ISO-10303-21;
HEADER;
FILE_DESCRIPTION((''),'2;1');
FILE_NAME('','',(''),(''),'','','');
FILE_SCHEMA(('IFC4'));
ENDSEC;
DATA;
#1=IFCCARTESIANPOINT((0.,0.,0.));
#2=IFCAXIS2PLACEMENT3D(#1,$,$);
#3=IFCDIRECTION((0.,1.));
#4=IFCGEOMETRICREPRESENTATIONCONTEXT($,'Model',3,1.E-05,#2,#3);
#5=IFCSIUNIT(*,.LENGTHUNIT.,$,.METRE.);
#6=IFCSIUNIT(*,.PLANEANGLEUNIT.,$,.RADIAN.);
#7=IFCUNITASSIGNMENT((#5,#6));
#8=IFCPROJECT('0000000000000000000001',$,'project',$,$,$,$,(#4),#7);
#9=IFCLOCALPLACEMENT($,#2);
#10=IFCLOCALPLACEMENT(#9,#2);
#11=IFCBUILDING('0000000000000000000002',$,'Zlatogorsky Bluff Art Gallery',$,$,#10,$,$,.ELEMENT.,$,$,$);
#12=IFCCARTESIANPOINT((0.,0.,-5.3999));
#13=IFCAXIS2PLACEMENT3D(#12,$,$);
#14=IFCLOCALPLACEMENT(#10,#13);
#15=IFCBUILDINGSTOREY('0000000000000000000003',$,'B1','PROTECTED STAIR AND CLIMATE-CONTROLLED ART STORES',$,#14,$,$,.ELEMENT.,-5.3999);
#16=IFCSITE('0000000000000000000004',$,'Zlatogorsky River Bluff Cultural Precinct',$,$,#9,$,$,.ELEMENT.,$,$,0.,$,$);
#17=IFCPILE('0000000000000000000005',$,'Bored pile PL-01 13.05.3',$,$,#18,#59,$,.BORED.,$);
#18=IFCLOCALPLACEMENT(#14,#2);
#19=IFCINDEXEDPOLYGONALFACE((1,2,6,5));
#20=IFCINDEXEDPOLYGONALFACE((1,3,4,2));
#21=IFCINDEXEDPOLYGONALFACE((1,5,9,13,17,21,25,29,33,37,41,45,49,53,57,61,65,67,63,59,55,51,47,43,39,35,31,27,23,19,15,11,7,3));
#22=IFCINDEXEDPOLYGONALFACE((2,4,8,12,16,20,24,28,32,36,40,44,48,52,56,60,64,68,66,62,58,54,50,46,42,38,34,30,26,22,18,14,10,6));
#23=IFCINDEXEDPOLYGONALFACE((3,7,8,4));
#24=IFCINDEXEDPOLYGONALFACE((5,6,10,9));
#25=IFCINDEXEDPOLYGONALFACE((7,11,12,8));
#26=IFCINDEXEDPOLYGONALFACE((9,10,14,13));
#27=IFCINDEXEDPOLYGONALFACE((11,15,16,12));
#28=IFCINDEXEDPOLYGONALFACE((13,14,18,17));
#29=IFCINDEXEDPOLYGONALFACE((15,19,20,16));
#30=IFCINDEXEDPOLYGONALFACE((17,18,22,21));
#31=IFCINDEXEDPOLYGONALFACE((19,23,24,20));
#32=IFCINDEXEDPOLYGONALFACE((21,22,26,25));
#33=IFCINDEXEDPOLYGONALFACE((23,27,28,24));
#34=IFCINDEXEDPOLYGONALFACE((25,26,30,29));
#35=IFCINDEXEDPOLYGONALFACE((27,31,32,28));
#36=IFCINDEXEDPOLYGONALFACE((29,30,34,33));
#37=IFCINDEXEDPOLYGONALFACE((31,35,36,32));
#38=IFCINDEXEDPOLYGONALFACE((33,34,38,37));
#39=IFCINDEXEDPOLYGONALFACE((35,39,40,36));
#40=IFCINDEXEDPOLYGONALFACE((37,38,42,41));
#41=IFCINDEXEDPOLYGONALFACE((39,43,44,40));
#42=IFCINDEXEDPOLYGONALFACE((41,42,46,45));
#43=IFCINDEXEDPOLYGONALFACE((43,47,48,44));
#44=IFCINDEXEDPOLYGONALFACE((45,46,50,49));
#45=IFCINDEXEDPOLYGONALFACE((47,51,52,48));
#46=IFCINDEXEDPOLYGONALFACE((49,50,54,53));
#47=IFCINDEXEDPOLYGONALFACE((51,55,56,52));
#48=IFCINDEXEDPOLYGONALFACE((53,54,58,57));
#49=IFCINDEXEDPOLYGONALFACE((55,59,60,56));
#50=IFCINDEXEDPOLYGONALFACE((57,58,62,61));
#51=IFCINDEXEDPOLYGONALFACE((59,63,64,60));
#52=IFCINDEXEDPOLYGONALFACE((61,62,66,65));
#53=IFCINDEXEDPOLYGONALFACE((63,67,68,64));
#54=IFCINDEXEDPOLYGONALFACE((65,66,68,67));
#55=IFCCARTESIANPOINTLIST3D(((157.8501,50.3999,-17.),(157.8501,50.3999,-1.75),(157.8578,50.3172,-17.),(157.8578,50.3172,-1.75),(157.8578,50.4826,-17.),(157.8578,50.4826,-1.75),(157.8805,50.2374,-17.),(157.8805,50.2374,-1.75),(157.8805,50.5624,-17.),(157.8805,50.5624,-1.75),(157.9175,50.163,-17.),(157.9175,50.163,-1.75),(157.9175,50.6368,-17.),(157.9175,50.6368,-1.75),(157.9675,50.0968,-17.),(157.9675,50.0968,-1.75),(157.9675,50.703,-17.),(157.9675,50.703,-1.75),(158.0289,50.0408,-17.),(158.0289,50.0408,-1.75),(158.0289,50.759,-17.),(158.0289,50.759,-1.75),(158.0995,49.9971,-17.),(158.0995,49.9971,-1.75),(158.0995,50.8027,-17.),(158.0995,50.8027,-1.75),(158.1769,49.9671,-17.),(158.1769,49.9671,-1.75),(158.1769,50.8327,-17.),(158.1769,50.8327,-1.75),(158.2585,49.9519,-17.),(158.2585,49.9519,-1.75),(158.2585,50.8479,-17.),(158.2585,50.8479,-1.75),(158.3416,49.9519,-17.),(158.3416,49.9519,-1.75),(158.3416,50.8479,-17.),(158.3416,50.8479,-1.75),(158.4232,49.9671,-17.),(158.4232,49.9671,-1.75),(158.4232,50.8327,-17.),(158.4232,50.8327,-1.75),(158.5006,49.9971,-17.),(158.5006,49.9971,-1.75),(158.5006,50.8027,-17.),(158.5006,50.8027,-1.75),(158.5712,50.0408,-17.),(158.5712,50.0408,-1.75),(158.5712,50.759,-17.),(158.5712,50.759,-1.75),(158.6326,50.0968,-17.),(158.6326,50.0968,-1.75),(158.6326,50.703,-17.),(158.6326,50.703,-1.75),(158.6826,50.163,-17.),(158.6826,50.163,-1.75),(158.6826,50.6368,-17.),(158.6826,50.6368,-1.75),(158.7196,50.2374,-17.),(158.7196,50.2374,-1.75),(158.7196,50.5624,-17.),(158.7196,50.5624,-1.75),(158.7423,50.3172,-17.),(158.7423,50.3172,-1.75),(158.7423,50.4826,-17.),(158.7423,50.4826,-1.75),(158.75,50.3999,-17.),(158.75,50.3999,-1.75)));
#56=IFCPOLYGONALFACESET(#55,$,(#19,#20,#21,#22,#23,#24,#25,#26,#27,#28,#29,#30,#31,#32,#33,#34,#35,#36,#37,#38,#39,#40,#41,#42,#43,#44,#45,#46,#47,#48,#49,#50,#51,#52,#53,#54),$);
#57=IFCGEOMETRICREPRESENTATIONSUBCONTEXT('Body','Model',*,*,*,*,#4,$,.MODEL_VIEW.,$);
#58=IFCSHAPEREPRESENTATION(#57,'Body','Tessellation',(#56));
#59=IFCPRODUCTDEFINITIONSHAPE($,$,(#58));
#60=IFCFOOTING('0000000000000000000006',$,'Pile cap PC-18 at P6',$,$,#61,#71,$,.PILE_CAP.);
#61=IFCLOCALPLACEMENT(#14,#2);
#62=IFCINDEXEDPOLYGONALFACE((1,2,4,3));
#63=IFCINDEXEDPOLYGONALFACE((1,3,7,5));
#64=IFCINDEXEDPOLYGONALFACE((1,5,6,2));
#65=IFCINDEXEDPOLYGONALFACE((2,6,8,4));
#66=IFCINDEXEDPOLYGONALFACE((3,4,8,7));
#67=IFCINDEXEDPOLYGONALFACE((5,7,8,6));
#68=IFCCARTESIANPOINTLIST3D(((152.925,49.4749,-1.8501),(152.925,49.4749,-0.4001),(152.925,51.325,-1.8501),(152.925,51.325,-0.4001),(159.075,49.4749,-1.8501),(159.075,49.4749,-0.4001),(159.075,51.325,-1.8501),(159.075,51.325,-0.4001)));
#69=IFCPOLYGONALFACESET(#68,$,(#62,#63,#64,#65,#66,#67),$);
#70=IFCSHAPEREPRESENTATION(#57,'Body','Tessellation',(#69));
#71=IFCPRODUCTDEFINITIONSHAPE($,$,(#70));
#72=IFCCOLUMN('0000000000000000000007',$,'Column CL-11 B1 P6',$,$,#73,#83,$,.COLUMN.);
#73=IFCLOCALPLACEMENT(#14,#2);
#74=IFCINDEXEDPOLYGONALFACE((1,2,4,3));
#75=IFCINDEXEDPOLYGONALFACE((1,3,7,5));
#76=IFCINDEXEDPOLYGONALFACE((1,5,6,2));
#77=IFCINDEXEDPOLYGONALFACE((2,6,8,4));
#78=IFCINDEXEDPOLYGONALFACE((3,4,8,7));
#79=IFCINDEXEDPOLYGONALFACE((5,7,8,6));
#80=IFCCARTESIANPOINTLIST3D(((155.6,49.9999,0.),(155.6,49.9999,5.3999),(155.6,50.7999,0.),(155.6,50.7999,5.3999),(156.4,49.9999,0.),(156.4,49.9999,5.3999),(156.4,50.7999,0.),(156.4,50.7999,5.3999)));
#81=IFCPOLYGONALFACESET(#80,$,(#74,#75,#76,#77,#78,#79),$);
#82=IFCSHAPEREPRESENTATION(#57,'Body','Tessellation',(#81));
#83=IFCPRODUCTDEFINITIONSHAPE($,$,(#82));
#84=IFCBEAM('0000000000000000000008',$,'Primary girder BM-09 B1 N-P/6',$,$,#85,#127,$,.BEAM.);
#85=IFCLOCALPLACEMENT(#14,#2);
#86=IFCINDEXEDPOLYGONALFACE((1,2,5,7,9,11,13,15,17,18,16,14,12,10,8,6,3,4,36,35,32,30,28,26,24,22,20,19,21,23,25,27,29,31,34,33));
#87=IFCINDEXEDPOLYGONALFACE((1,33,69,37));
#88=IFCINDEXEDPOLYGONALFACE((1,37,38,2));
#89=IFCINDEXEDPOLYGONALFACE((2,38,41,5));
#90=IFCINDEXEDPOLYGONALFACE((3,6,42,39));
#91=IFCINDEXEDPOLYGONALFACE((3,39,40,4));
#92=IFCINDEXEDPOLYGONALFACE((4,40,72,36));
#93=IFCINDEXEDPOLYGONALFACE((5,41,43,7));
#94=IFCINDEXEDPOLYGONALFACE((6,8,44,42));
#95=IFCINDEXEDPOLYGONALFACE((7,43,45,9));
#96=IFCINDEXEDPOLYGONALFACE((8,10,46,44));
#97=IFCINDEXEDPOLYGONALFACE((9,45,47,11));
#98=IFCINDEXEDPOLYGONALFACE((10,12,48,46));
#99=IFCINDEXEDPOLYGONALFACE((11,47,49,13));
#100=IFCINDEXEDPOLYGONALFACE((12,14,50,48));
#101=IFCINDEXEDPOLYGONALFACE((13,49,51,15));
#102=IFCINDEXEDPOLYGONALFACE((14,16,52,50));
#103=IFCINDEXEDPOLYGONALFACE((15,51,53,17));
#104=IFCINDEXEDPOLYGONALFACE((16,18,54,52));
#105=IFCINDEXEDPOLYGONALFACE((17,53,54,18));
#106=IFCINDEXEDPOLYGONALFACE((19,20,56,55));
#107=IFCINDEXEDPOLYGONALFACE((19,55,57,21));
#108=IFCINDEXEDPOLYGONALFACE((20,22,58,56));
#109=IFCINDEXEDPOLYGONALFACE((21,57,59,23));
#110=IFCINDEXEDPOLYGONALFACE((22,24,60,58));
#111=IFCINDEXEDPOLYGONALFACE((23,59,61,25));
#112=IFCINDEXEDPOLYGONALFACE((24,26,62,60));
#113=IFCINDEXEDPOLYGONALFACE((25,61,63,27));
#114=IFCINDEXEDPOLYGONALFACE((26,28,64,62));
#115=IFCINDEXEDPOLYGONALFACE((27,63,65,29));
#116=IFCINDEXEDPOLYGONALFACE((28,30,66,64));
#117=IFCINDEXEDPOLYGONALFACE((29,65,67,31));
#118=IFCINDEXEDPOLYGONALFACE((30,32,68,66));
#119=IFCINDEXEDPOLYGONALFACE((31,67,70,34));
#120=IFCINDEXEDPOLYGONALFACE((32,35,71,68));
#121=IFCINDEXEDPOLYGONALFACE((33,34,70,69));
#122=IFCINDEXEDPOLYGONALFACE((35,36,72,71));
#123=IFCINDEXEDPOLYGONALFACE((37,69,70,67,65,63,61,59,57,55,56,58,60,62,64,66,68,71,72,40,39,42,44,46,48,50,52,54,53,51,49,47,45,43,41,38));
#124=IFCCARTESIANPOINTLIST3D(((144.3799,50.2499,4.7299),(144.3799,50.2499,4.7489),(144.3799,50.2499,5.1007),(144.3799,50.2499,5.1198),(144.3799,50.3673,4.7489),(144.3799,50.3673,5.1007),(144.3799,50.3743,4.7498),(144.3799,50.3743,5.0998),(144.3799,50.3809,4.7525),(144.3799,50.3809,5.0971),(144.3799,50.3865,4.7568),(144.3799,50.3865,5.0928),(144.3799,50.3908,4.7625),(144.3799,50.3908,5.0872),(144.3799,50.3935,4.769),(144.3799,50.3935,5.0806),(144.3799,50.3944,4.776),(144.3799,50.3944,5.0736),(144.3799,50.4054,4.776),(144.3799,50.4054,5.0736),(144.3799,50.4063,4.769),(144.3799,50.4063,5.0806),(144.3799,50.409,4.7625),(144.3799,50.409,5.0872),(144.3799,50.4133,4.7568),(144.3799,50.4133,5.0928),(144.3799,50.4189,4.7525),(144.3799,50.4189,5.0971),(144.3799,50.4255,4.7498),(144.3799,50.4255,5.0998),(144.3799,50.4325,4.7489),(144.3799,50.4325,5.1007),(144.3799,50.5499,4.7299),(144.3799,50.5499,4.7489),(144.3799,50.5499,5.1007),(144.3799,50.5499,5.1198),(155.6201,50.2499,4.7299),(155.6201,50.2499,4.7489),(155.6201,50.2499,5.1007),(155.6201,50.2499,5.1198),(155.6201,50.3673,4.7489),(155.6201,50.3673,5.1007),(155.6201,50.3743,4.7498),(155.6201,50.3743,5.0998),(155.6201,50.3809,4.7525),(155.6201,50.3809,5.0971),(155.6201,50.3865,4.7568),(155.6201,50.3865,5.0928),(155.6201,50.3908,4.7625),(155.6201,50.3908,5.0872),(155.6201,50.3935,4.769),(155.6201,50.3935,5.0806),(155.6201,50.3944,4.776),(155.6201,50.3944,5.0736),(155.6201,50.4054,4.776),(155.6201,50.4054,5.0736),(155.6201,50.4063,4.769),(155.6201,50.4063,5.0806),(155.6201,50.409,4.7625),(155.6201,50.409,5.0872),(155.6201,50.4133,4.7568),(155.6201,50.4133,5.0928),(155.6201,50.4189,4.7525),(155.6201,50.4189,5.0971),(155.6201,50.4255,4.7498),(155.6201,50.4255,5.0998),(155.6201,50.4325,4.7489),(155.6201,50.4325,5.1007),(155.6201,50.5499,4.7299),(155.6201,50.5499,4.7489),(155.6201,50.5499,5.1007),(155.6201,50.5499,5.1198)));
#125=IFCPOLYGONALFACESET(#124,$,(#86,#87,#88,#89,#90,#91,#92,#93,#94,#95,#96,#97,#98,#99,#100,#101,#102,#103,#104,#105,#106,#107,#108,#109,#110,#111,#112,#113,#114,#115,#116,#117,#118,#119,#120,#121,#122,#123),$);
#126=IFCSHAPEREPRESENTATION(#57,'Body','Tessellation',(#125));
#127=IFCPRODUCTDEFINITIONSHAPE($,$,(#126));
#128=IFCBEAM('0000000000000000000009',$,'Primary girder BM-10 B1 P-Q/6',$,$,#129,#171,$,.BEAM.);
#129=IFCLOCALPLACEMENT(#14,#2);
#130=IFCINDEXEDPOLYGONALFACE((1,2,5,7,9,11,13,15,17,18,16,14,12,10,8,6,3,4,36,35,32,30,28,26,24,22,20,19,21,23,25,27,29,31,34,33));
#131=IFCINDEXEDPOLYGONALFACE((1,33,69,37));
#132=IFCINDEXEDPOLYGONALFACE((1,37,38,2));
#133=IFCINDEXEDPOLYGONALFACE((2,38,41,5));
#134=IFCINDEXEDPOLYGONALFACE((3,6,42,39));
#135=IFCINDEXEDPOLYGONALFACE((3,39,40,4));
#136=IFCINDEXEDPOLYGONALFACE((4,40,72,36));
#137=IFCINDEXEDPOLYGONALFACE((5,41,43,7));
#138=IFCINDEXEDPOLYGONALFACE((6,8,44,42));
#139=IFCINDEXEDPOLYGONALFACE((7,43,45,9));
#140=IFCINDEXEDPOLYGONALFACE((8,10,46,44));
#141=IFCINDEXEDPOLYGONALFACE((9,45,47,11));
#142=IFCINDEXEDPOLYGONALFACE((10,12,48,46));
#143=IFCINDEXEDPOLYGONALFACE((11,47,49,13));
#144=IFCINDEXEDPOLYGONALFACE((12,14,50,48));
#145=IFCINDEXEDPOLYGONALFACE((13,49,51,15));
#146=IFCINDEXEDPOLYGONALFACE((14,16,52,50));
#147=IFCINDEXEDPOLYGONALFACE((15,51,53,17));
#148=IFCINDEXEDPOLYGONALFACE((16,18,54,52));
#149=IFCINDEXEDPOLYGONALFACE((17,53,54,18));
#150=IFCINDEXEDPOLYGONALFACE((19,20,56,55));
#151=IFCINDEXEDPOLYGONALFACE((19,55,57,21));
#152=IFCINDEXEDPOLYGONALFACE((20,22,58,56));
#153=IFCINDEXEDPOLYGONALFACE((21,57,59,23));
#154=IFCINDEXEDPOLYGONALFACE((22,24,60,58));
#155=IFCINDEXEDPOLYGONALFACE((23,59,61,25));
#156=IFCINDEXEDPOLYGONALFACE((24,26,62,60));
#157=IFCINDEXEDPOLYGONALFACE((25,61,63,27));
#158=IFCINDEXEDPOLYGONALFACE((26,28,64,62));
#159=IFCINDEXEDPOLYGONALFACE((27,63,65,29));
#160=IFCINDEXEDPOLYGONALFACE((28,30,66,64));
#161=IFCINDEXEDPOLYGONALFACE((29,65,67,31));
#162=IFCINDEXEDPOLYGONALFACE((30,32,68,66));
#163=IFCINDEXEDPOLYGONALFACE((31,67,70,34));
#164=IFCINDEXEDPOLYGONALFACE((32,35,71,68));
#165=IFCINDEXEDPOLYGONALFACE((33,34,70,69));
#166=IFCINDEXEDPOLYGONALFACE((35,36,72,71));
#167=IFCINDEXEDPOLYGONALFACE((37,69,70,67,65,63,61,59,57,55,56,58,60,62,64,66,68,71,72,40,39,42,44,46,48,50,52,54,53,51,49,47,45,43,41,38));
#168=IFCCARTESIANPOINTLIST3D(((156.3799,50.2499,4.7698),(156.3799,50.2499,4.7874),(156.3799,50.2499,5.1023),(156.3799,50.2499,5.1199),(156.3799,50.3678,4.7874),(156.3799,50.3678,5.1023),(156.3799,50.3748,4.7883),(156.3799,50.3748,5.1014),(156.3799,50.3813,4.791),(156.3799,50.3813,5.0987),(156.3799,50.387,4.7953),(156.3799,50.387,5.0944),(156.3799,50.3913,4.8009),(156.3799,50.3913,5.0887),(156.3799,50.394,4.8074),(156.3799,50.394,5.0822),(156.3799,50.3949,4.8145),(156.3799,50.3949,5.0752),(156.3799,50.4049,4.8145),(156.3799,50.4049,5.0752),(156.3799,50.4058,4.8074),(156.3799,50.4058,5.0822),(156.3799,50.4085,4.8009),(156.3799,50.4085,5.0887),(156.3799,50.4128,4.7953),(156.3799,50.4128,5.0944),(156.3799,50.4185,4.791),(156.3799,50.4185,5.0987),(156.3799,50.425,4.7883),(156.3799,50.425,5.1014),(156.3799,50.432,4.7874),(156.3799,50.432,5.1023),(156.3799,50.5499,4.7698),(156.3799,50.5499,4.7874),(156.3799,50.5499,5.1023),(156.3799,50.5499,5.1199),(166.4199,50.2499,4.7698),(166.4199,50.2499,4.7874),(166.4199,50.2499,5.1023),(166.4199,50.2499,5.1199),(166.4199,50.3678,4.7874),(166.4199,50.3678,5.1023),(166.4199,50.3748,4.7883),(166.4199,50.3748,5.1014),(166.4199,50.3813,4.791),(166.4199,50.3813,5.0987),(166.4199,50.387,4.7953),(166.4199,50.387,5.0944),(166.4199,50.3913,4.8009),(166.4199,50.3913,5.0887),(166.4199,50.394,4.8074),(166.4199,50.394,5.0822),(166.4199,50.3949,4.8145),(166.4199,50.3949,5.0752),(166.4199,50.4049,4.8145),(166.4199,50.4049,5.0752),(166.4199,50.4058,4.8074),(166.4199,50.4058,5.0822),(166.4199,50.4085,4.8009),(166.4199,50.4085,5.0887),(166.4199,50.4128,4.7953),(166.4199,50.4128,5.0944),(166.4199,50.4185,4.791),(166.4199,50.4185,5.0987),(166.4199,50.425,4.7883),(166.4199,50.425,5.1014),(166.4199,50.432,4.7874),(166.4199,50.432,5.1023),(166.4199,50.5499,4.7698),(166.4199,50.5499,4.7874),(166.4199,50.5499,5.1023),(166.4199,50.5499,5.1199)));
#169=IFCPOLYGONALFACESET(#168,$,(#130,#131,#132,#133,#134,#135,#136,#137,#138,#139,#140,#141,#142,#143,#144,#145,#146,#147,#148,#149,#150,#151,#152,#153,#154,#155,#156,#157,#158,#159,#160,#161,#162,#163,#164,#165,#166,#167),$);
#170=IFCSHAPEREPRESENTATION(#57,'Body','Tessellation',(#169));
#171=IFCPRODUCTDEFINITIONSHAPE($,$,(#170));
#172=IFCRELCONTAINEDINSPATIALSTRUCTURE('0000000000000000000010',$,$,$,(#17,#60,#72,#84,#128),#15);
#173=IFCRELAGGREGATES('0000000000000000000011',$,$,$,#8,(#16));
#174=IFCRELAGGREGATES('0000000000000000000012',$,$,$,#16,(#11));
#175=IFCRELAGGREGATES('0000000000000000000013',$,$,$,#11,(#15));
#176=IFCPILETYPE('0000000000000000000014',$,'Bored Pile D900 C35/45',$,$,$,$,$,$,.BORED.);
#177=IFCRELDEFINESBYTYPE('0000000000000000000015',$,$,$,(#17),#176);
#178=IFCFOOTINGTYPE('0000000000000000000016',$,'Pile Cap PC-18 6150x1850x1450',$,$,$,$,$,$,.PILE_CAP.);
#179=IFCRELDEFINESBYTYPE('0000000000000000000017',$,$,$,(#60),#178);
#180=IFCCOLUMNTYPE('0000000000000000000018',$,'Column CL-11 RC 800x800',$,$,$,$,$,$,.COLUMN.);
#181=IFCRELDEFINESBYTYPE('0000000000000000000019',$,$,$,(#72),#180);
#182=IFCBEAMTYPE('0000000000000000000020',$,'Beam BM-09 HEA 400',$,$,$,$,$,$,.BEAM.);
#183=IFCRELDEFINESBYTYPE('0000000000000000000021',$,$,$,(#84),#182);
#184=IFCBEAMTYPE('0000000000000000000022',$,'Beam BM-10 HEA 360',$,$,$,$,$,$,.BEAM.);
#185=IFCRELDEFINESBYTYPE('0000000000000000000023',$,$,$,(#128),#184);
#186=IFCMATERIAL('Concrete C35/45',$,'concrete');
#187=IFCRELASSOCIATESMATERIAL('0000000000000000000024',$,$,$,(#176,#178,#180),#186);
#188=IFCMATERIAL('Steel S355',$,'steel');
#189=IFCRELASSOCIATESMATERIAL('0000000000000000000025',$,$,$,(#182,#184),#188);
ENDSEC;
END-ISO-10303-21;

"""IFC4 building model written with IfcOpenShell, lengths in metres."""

from ifc_helpers import new_model, si_unit, direction, frame, origin, origin_2d, place, context, subcontext, project, spatial, rectangle, circle, i_section, extrude, material, material_profile, profile_set, type_object, element, save


model = new_model("IFC4")

# Units and contexts
model_context = context("Model", 3, precision=1e-05, world=origin(), true_north=direction((0.0, 1.0)))
body_context = subcontext(model_context, "Body", "Model", "MODEL_VIEW")
ifc_project = project(units=[si_unit("LENGTHUNIT", "METRE"), si_unit("PLANEANGLEUNIT", "RADIAN")], contexts=[model_context])

# Site, building, storey
site_placement = place(None, origin())
site = spatial("IfcSite", under=ifc_project, at=site_placement, Name="Zlatogorsky River Bluff Cultural Precinct", CompositionType="ELEMENT", RefElevation=0.0)
building_placement = place(site_placement, origin())
building = spatial("IfcBuilding", under=site, at=building_placement, Name="Zlatogorsky Bluff Art Gallery", CompositionType="ELEMENT")
storey_placement = place(building_placement, frame((0.0, 0.0, -5.3999)))
storey = spatial("IfcBuildingStorey", under=building, at=storey_placement, Name="B1", Description="PROTECTED STAIR AND CLIMATE-CONTROLLED ART STORES", CompositionType="ELEMENT", Elevation=-5.3999)

# Pile
ifc_material_1 = material(Name="Concrete C35/45", Category="concrete")
ifc_material_profile_1 = material_profile(ifc_material_1, circle(Radius=0.45, at=origin_2d()), Name="BORED PILE D900")
ifc_profile_set_1 = profile_set([ifc_material_profile_1], Name="Concrete C35/45")
pile_type = type_object("IfcPileType", Name="Bored Pile D900 C35/45", PredefinedType="BORED", material=ifc_profile_set_1)
for number, where, z_axis, x_axis, name in (
    (1, (158.3, 50.3999, -1.75), (0.0, 0.0, -1.0), (1.0, 0.0, 0.0), "Bored pile PL-01 13.05.3"),
):
    element("IfcPile", number, at=place(storey_placement, frame(where, z_axis=z_axis, x_axis=x_axis)), inside=storey, type_object=pile_type, Name=name, PredefinedType="BORED", context=body_context, shape_type="SweptSolid", body=[
        extrude(circle(Radius=0.45, at=origin_2d()), origin(), (0.0, 0.0, 1.0), 15.25),
    ])

# Footing
footing_type = type_object("IfcFootingType", Name="Pile Cap PC-18 6150x1850x1450", PredefinedType="PILE_CAP", material=ifc_material_1)
footing_placement = place(storey_placement, frame((156.0, 50.3999, -1.8501), z_axis=(0.0, 0.0, 1.0), x_axis=(1.0, 0.0, 0.0)))
element("IfcFooting", 2, at=footing_placement, inside=storey, type_object=footing_type, Name="Pile cap PC-18 at P6", PredefinedType="PILE_CAP", context=body_context, shape_type="SweptSolid", body=[
    extrude(rectangle(XDim=6.1499, YDim=1.8501, at=origin_2d()), origin(), (0.0, 0.0, 1.0), 1.45),
])

# Column
ifc_material_profile_2 = material_profile(ifc_material_1, rectangle(XDim=0.8, YDim=0.8, at=origin_2d()), Name="RC 800x800")
ifc_profile_set_2 = profile_set([ifc_material_profile_2], Name="Concrete C35/45")
column_type = type_object("IfcColumnType", Name="Column CL-11 RC 800x800", PredefinedType="COLUMN", material=ifc_profile_set_2)
column_placement = place(storey_placement, frame((156.0, 50.3999, 0.0), z_axis=(0.0, 0.0, 1.0), x_axis=(1.0, 0.0, 0.0)))
element("IfcColumn", 3, at=column_placement, inside=storey, type_object=column_type, Name="Column CL-11 B1 P6", PredefinedType="COLUMN", context=body_context, shape_type="SweptSolid", body=[
    extrude(rectangle(XDim=0.8, YDim=0.8, at=origin_2d()), origin(), (0.0, 0.0, 1.0), 5.3999),
])

# Beams
ifc_material_2 = material(Name="Steel S355", Category="steel")
ifc_material_profile_3 = material_profile(ifc_material_2, i_section(OverallWidth=0.3, OverallDepth=0.3899, WebThickness=0.011, FlangeThickness=0.019, FilletRadius=0.0271, at=origin_2d()), Name="HEA 400")
ifc_profile_set_3 = profile_set([ifc_material_profile_3], Name="Steel S355")
beam_type_1 = type_object("IfcBeamType", Name="Beam BM-09 HEA 400", PredefinedType="BEAM", material=ifc_profile_set_3)
beam_1_placement = place(storey_placement, frame((144.3799, 50.3999, 4.9248), z_axis=(1.0, 0.0, 0.0), x_axis=(0.0, 1.0, 0.0)))
element("IfcBeam", 4, at=beam_1_placement, inside=storey, type_object=beam_type_1, Name="Primary girder BM-09 B1 N-P/6", PredefinedType="BEAM", context=body_context, shape_type="SweptSolid", body=[
    extrude(i_section(OverallWidth=0.3, OverallDepth=0.3899, WebThickness=0.011, FlangeThickness=0.019, FilletRadius=0.0271, at=origin_2d()), origin(), (0.0, 0.0, 1.0), 11.2402),
])
ifc_material_profile_4 = material_profile(ifc_material_2, i_section(OverallWidth=0.3, OverallDepth=0.3501, WebThickness=0.01, FlangeThickness=0.0176, FilletRadius=0.0271, at=origin_2d()), Name="HEA 360")
ifc_profile_set_4 = profile_set([ifc_material_profile_4], Name="Steel S355")
beam_type_2 = type_object("IfcBeamType", Name="Beam BM-10 HEA 360", PredefinedType="BEAM", material=ifc_profile_set_4)
beam_2_placement = place(storey_placement, frame((156.3799, 50.3999, 4.9448), z_axis=(1.0, 0.0, 0.0), x_axis=(0.0, 1.0, 0.0)))
element("IfcBeam", 5, at=beam_2_placement, inside=storey, type_object=beam_type_2, Name="Primary girder BM-10 B1 P-Q/6", PredefinedType="BEAM", context=body_context, shape_type="SweptSolid", body=[
    extrude(i_section(OverallWidth=0.3, OverallDepth=0.3501, WebThickness=0.01, FlangeThickness=0.0176, FilletRadius=0.0271, at=origin_2d()), origin(), (0.0, 0.0, 1.0), 10.04),
])

save(model, "model.ifc")
